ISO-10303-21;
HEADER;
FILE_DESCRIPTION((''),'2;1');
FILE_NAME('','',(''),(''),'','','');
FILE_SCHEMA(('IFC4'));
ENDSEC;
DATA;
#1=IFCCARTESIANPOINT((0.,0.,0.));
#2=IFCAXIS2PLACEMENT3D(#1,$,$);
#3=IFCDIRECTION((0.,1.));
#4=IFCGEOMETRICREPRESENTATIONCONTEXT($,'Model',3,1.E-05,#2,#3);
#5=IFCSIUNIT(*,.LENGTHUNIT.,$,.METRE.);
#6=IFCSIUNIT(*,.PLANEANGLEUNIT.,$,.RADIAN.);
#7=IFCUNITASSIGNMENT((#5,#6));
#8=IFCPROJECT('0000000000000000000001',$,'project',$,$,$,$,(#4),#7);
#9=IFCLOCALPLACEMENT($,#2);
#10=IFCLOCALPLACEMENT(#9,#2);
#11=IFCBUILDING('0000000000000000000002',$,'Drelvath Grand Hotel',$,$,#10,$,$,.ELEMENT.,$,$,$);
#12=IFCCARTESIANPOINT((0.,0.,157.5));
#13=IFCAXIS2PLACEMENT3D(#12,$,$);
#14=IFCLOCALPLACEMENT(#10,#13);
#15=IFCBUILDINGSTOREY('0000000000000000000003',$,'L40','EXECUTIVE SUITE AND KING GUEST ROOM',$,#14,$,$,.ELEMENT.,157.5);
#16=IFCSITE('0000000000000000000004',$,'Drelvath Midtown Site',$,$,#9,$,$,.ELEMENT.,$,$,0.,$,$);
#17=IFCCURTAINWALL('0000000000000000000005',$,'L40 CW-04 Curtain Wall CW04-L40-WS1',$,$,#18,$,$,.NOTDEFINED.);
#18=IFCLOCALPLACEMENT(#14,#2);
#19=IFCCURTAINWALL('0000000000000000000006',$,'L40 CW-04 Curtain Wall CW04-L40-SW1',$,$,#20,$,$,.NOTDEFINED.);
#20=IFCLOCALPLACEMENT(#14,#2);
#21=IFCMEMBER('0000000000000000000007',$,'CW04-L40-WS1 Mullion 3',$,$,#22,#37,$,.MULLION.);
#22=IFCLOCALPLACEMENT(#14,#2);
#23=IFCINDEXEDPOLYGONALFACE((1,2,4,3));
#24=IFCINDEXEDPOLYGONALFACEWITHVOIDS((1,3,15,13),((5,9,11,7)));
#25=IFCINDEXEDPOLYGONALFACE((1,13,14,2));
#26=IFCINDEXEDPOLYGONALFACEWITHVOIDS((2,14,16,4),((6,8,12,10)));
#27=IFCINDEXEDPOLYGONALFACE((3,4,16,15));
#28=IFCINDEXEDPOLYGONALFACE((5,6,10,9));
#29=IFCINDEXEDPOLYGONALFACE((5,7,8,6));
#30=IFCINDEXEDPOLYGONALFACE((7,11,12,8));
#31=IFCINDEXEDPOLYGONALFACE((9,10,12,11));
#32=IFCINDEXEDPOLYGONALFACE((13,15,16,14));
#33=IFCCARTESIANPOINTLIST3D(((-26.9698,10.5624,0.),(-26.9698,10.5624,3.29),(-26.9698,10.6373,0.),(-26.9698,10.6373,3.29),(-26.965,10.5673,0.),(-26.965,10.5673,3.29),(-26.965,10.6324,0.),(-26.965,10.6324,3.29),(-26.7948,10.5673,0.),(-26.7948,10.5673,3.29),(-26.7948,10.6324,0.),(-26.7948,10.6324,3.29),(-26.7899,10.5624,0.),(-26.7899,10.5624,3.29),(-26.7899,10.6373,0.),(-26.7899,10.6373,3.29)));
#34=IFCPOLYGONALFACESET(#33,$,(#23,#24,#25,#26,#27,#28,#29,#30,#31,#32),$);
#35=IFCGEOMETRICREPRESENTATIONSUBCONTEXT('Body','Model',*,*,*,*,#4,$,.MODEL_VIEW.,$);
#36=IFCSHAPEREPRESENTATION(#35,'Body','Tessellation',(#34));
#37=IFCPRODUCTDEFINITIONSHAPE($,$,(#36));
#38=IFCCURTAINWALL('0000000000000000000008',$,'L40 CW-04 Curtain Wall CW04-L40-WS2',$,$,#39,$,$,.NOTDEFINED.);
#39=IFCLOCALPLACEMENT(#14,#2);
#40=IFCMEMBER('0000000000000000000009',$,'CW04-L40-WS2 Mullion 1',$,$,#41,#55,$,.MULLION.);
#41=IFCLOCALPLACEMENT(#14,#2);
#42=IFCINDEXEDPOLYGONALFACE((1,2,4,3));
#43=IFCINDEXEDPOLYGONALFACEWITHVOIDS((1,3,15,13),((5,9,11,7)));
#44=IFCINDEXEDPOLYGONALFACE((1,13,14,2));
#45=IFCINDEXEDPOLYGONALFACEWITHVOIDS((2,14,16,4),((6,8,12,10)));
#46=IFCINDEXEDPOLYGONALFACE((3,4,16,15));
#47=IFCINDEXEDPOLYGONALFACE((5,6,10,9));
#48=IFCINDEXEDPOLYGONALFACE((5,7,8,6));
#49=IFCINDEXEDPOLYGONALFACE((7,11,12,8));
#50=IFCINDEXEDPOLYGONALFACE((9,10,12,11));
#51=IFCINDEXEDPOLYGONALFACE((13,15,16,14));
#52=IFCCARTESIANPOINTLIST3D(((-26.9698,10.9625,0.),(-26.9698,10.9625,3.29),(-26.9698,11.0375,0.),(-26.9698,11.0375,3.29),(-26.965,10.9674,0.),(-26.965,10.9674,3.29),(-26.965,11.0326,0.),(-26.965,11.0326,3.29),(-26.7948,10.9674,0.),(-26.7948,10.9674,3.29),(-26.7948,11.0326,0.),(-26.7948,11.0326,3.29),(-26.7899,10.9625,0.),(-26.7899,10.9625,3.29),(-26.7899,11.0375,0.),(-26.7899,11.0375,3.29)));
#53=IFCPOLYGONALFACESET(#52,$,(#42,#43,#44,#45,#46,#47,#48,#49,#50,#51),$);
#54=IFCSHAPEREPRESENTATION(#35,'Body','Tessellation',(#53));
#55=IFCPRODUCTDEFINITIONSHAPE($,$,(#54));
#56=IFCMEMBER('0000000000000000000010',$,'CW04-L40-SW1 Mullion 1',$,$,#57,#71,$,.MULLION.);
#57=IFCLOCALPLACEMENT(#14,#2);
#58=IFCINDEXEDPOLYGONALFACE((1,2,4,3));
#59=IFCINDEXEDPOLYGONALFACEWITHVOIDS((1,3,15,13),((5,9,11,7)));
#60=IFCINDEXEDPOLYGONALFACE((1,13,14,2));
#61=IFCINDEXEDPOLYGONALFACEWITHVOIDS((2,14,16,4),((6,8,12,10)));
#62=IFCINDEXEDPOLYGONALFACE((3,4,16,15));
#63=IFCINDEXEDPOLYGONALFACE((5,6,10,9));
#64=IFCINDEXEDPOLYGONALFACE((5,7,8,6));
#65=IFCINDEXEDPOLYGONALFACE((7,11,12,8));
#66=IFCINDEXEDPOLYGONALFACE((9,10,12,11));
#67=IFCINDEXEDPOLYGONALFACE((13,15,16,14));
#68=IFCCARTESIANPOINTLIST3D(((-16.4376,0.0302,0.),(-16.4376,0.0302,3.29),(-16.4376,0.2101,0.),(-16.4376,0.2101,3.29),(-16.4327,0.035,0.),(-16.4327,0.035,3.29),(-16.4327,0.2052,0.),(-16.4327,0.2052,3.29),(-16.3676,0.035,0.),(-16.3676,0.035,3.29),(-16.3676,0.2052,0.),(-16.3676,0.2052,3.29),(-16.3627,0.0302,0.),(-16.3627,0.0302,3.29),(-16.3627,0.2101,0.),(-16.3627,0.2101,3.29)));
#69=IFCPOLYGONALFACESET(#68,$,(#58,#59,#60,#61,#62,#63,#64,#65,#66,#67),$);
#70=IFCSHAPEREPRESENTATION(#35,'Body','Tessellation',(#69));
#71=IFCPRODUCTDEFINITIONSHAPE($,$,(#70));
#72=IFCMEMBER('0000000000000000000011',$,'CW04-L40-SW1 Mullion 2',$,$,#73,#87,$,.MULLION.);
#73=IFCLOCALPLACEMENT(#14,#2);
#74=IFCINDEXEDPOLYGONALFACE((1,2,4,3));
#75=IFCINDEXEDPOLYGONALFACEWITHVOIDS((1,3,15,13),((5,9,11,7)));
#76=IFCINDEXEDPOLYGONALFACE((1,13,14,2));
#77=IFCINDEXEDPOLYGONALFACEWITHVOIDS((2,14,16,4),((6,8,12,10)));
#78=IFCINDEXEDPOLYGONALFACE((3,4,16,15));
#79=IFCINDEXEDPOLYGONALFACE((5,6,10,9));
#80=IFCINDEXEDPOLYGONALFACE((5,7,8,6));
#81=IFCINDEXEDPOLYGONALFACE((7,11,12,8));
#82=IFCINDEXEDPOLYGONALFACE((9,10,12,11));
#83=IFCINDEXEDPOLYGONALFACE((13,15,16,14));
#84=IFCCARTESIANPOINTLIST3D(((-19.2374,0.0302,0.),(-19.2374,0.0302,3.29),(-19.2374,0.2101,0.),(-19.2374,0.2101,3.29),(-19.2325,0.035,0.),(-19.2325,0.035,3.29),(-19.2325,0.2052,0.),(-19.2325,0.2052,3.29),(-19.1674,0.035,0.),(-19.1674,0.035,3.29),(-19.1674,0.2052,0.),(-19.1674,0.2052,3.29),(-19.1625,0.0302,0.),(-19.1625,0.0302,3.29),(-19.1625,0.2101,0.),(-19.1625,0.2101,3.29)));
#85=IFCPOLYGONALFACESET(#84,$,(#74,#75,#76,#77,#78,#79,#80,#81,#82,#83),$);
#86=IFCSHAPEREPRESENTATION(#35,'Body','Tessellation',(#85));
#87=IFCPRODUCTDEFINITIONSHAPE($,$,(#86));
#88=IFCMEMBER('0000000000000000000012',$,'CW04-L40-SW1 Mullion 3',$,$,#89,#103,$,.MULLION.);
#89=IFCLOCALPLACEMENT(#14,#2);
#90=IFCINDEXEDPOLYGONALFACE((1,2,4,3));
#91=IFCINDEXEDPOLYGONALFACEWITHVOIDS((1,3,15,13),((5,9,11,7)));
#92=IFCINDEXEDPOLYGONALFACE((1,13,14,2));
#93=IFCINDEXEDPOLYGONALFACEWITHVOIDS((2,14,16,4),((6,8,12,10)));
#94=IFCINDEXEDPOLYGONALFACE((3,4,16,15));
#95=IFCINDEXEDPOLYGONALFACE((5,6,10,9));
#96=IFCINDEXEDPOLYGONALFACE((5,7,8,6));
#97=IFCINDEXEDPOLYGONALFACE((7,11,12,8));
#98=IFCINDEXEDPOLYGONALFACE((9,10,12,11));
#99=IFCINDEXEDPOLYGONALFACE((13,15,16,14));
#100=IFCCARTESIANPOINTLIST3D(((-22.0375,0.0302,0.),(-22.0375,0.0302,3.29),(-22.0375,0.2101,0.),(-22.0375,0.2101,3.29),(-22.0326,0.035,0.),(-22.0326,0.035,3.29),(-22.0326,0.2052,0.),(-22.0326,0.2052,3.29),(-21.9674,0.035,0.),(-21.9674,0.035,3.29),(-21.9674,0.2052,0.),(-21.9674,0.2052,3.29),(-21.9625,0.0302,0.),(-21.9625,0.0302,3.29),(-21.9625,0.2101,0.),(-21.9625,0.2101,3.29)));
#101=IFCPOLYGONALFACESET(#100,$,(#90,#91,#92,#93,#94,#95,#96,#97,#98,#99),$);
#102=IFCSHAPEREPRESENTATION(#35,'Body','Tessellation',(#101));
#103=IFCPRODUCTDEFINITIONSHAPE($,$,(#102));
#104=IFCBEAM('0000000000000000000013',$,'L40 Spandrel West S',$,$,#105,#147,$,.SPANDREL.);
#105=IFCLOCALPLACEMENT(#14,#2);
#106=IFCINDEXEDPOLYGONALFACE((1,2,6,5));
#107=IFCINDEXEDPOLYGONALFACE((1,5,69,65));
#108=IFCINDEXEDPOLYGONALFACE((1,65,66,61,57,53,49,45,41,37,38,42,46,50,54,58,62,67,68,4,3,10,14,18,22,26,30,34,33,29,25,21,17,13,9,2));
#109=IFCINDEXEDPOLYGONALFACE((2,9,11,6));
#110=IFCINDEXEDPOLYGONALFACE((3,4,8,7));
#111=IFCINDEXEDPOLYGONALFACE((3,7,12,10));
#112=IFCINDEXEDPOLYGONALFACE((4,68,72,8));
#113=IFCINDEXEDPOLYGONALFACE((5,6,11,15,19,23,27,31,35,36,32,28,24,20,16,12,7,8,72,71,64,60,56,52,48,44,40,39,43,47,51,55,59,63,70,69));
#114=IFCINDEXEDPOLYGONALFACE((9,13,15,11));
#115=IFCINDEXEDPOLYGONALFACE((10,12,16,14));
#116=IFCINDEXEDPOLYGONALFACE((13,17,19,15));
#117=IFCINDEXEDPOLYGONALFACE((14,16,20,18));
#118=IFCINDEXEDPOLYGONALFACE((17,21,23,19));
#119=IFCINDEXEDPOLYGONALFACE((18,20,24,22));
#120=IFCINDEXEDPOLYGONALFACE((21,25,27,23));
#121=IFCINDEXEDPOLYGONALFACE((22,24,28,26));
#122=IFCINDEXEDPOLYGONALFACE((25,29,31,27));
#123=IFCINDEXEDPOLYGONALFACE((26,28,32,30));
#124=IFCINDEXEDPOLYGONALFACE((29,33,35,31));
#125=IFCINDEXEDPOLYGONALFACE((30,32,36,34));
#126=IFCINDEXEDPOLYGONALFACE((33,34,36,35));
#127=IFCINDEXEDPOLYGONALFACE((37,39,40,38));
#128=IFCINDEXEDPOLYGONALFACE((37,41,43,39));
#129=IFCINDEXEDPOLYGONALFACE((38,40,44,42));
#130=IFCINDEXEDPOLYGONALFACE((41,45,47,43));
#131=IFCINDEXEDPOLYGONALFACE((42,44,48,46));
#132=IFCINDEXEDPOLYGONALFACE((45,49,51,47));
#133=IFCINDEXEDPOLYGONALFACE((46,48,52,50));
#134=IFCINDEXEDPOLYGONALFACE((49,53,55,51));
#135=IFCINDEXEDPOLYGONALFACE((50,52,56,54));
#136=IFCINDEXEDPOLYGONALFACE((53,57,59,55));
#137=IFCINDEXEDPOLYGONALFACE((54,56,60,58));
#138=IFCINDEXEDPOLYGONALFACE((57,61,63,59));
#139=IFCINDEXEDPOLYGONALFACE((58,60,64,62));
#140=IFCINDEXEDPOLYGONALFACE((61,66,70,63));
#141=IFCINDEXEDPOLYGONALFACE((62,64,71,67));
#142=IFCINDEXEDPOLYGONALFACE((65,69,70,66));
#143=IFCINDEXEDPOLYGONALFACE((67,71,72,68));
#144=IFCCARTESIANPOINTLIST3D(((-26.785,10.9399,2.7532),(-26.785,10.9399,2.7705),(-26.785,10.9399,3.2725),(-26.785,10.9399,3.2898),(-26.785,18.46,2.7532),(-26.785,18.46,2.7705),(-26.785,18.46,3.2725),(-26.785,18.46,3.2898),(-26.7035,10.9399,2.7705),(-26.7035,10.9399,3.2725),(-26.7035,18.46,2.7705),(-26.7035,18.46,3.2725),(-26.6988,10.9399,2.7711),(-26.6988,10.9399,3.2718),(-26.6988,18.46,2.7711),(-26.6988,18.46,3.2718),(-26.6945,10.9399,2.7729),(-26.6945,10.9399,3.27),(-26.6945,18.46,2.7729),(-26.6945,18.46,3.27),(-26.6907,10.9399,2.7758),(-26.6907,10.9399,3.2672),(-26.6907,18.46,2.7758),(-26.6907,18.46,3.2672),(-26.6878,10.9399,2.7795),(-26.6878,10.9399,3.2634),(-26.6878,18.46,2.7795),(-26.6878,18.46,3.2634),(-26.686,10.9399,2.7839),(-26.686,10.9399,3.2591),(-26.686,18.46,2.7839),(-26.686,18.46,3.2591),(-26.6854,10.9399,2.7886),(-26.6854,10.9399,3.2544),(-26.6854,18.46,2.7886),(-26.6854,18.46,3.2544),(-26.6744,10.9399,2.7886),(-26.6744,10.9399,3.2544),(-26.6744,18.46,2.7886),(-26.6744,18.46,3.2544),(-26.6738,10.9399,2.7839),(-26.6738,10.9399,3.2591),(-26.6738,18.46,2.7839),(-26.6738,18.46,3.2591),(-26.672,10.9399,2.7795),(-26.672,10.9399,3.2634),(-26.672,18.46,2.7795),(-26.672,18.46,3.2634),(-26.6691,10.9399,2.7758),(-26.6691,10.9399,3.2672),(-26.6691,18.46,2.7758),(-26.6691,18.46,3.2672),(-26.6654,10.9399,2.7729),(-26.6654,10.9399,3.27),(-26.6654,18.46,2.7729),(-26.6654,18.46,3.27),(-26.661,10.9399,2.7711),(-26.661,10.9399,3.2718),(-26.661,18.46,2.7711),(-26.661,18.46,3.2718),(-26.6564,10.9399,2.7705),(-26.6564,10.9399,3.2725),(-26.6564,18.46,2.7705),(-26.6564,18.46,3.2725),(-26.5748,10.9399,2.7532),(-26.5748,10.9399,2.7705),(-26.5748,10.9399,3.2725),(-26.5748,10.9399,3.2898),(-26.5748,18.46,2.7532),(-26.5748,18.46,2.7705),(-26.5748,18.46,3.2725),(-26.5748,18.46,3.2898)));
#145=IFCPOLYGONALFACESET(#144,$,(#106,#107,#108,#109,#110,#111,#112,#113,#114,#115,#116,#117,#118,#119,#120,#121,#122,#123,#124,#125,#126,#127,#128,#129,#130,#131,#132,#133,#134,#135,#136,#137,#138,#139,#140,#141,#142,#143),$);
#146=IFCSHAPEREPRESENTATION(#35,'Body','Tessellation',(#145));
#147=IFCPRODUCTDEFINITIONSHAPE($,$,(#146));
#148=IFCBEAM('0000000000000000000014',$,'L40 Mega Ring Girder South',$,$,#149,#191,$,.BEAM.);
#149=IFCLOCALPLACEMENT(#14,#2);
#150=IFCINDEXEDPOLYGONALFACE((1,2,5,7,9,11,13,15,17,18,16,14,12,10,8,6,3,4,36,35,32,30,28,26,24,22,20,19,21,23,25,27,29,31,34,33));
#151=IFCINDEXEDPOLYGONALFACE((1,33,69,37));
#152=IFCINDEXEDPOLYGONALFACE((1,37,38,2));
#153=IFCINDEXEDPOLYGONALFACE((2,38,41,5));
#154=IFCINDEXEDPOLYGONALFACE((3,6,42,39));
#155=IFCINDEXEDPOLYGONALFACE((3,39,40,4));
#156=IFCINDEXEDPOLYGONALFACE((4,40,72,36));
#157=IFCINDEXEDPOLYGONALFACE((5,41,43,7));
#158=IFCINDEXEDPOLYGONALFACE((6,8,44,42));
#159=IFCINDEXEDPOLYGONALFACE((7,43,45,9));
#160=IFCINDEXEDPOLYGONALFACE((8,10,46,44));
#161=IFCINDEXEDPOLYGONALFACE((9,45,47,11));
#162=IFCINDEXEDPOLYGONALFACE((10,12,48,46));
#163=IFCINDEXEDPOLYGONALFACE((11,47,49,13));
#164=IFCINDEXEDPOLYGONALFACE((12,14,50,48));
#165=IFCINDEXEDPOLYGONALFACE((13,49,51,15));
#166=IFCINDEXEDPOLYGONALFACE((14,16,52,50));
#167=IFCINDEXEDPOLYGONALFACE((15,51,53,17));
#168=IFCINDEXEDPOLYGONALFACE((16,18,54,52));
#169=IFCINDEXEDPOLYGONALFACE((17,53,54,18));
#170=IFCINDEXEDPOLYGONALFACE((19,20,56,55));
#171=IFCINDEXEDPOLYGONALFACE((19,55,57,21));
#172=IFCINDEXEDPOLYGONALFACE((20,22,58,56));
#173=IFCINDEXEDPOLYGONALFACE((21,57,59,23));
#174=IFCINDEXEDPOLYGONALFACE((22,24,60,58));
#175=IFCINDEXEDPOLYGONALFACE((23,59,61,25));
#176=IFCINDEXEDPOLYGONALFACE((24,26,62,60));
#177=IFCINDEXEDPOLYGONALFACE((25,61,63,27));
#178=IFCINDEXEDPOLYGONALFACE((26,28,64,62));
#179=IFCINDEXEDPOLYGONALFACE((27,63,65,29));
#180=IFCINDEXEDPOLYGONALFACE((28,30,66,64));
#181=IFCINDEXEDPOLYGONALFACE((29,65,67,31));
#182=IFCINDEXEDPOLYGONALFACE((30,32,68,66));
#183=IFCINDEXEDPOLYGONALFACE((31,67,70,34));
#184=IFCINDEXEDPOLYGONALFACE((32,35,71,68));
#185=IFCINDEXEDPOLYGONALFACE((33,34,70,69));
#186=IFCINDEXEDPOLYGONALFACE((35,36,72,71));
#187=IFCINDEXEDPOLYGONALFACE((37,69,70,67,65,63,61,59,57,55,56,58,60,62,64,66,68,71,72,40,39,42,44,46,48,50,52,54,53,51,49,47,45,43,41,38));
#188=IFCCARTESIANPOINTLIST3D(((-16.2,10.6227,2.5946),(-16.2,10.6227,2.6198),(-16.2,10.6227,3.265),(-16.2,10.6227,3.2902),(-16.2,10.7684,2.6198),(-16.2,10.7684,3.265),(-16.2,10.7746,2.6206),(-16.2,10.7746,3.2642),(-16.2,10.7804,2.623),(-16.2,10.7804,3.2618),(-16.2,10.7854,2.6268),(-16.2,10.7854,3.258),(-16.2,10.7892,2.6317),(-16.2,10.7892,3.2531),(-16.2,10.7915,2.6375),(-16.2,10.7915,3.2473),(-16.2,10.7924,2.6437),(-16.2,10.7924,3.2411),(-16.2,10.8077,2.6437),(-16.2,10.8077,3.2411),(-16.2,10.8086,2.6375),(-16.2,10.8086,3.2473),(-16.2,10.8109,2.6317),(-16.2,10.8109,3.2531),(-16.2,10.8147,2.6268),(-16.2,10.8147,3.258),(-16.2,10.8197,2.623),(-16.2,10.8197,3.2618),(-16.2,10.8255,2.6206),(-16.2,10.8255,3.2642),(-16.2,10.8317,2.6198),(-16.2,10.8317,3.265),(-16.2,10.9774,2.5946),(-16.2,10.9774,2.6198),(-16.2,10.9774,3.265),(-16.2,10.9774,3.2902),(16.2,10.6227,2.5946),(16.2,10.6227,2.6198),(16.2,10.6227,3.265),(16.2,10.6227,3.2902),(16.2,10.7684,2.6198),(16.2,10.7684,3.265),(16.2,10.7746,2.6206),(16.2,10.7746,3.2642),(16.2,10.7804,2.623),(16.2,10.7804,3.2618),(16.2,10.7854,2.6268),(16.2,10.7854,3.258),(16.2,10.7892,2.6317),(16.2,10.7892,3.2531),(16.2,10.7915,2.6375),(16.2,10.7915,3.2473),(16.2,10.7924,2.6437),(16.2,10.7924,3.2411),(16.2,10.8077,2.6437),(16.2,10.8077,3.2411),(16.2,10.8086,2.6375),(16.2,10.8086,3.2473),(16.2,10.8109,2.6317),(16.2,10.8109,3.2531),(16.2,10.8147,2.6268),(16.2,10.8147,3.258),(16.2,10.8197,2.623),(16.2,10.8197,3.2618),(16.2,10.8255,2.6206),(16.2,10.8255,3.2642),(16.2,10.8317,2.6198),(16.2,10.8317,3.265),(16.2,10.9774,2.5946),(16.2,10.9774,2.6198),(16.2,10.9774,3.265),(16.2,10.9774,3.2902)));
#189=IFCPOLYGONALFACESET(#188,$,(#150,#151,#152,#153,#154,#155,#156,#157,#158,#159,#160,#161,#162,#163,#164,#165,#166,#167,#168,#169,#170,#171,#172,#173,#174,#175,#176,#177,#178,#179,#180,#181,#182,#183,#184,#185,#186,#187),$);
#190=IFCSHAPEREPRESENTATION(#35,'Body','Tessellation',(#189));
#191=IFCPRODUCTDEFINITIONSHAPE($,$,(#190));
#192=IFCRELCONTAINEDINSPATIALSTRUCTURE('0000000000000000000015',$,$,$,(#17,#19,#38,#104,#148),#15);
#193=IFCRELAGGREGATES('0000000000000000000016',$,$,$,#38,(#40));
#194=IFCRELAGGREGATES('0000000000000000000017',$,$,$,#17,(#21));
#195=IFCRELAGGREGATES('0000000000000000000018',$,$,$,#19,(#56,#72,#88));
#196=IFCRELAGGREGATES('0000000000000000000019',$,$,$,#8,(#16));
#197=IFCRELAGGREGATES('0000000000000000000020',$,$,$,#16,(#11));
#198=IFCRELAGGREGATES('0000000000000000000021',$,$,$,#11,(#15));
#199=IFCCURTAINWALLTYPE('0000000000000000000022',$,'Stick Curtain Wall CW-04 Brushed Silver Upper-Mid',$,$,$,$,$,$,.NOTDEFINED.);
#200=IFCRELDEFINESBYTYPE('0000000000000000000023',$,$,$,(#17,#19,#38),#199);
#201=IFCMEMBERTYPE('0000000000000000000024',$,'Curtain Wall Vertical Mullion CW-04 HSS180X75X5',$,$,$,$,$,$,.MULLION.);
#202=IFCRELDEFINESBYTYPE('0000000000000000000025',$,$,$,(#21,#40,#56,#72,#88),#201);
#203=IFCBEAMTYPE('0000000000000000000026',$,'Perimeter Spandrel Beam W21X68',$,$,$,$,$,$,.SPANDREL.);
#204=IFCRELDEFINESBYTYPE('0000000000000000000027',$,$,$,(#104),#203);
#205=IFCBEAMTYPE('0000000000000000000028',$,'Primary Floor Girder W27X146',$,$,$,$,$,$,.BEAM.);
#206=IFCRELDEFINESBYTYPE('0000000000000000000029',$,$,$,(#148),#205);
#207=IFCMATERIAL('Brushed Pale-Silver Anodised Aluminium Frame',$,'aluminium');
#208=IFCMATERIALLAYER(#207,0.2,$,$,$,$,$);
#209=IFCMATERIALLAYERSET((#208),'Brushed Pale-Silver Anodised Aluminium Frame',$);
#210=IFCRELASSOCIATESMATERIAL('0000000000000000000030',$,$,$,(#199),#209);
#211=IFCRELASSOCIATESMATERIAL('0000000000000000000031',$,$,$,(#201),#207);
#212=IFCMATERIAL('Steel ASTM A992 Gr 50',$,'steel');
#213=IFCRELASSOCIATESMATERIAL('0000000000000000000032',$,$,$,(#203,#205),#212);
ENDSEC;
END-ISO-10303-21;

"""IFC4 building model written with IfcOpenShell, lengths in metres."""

from ifc_helpers import new_model, si_unit, direction, frame, origin, origin_2d, place, context, subcontext, project, spatial, hollow_rectangle, i_section, extrude, material, layer, layer_set, material_profile, profile_set, type_object, element, aggregate, save


model = new_model("IFC4")

# Units and contexts
model_context = context("Model", 3, precision=1e-05, world=origin(), true_north=direction((0.0, 1.0)))
body_context = subcontext(model_context, "Body", "Model", "MODEL_VIEW")
ifc_project = project(units=[si_unit("LENGTHUNIT", "METRE"), si_unit("PLANEANGLEUNIT", "RADIAN")], contexts=[model_context])

# Site, building, storey
site_placement = place(None, origin())
site = spatial("IfcSite", under=ifc_project, at=site_placement, Name="Drelvath Midtown Site", CompositionType="ELEMENT", RefElevation=0.0)
building_placement = place(site_placement, origin())
building = spatial("IfcBuilding", under=site, at=building_placement, Name="Drelvath Grand Hotel", CompositionType="ELEMENT")
storey_placement = place(building_placement, frame((0.0, 0.0, 157.5)))
storey = spatial("IfcBuildingStorey", under=building, at=storey_placement, Name="L40", Description="EXECUTIVE SUITE AND KING GUEST ROOM", CompositionType="ELEMENT", Elevation=157.5)

# Curtain walls
ifc_material_1 = material(Name="Brushed Pale-Silver Anodised Aluminium Frame", Category="aluminium")
ifc_layer_1 = layer(ifc_material_1, 0.2)
ifc_layer_set_1 = layer_set([ifc_layer_1], Name="Brushed Pale-Silver Anodised Aluminium Frame")
curtain_wall_type = type_object("IfcCurtainWallType", Name="Stick Curtain Wall CW-04 Brushed Silver Upper-Mid", PredefinedType="NOTDEFINED", material=ifc_layer_set_1)
curtain_wall_1_placement = place(storey_placement, origin())
curtain_wall_1 = element("IfcCurtainWall", 1, at=curtain_wall_1_placement, inside=storey, type_object=curtain_wall_type, Name="L40 CW-04 Curtain Wall CW04-L40-WS1", PredefinedType="NOTDEFINED")
curtain_wall_2_placement = place(storey_placement, origin())
curtain_wall_2 = element("IfcCurtainWall", 2, at=curtain_wall_2_placement, inside=storey, type_object=curtain_wall_type, Name="L40 CW-04 Curtain Wall CW04-L40-SW1", PredefinedType="NOTDEFINED")

# Member
ifc_material_profile_1 = material_profile(ifc_material_1, hollow_rectangle(XDim=0.075, YDim=0.1799, WallThickness=0.0049, at=origin_2d()), Name="HSS180X75X5")
ifc_profile_set_1 = profile_set([ifc_material_profile_1], Name="Brushed Pale-Silver Anodised Aluminium Frame")
member_type_1 = type_object("IfcMemberType", Name="Curtain Wall Vertical Mullion CW-04 HSS180X75X5", PredefinedType="MULLION", material=ifc_profile_set_1)
member_1_placement = place(storey_placement, frame((-26.8799, 10.5999, 0.0), z_axis=(0.0, 0.0, 1.0), x_axis=(0.0, 1.0, 0.0)))
member_1 = element("IfcMember", 3, at=member_1_placement, type_object=member_type_1, Name="CW04-L40-WS1 Mullion 3", PredefinedType="MULLION", context=body_context, shape_type="SweptSolid", body=[
    extrude(hollow_rectangle(XDim=0.075, YDim=0.1799, WallThickness=0.0049, at=origin_2d()), origin(), (0.0, 0.0, 1.0), 3.29),
])

# Curtain wall, member
curtain_wall_3_placement = place(storey_placement, origin())
curtain_wall_3 = element("IfcCurtainWall", 4, at=curtain_wall_3_placement, inside=storey, type_object=curtain_wall_type, Name="L40 CW-04 Curtain Wall CW04-L40-WS2", PredefinedType="NOTDEFINED")
member_2_placement = place(storey_placement, frame((-26.8799, 11.0, 0.0), z_axis=(0.0, 0.0, 1.0), x_axis=(0.0, 1.0, 0.0)))
member_2 = element("IfcMember", 5, at=member_2_placement, type_object=member_type_1, Name="CW04-L40-WS2 Mullion 1", PredefinedType="MULLION", context=body_context, shape_type="SweptSolid", body=[
    extrude(hollow_rectangle(XDim=0.075, YDim=0.1799, WallThickness=0.0049, at=origin_2d()), origin(), (0.0, 0.0, 1.0), 3.29),
])
aggregate(curtain_wall_3, [member_2])

# Members
member_3_placement = place(storey_placement, frame((-16.4001, 0.1201, 0.0), z_axis=(0.0, 0.0, 1.0), x_axis=(1.0, 0.0, 0.0)))
member_3 = element("IfcMember", 6, at=member_3_placement, type_object=member_type_1, Name="CW04-L40-SW1 Mullion 1", PredefinedType="MULLION", context=body_context, shape_type="SweptSolid", body=[
    extrude(hollow_rectangle(XDim=0.075, YDim=0.1799, WallThickness=0.0049, at=origin_2d()), origin(), (0.0, 0.0, 1.0), 3.29),
])
member_4_placement = place(storey_placement, frame((-19.2, 0.1201, 0.0), z_axis=(0.0, 0.0, 1.0), x_axis=(1.0, 0.0, 0.0)))
member_4 = element("IfcMember", 7, at=member_4_placement, type_object=member_type_1, Name="CW04-L40-SW1 Mullion 2", PredefinedType="MULLION", context=body_context, shape_type="SweptSolid", body=[
    extrude(hollow_rectangle(XDim=0.075, YDim=0.1799, WallThickness=0.0049, at=origin_2d()), origin(), (0.0, 0.0, 1.0), 3.29),
])
member_5_placement = place(storey_placement, frame((-22.0, 0.1201, 0.0), z_axis=(0.0, 0.0, 1.0), x_axis=(1.0, 0.0, 0.0)))
member_5 = element("IfcMember", 8, at=member_5_placement, type_object=member_type_1, Name="CW04-L40-SW1 Mullion 3", PredefinedType="MULLION", context=body_context, shape_type="SweptSolid", body=[
    extrude(hollow_rectangle(XDim=0.075, YDim=0.1799, WallThickness=0.0049, at=origin_2d()), origin(), (0.0, 0.0, 1.0), 3.29),
])

# Beams
ifc_material_2 = material(Name="Steel ASTM A992 Gr 50", Category="steel")
ifc_material_profile_2 = material_profile(ifc_material_2, i_section(OverallWidth=0.2102, OverallDepth=0.5366, WebThickness=0.011, FlangeThickness=0.0173, FilletRadius=0.0181, at=origin_2d()), Name="W21X68")
ifc_profile_set_2 = profile_set([ifc_material_profile_2], Name="Steel ASTM A992 Gr 50")
beam_type_1 = type_object("IfcBeamType", Name="Perimeter Spandrel Beam W21X68", PredefinedType="SPANDREL", material=ifc_profile_set_2)
beam_placement = place(storey_placement, frame((-26.6799, 10.9399, 3.0215), z_axis=(0.0, 1.0, 0.0), x_axis=(-1.0, 0.0, 0.0)))
element("IfcBeam", 9, at=beam_placement, inside=storey, type_object=beam_type_1, Name="L40 Spandrel West S", PredefinedType="SPANDREL", context=body_context, shape_type="SweptSolid", body=[
    extrude(i_section(OverallWidth=0.2102, OverallDepth=0.5366, WebThickness=0.011, FlangeThickness=0.0173, FilletRadius=0.0181, at=origin_2d()), origin(), (0.0, 0.0, 1.0), 7.52),
])
ifc_material_profile_3 = material_profile(ifc_material_2, i_section(OverallWidth=0.3547, OverallDepth=0.6956, WebThickness=0.0154, FlangeThickness=0.0251, FilletRadius=0.0239, at=origin_2d()), Name="W27X146")
ifc_profile_set_3 = profile_set([ifc_material_profile_3], Name="Steel ASTM A992 Gr 50")
beam_type_2 = type_object("IfcBeamType", Name="Primary Floor Girder W27X146", PredefinedType="BEAM", material=ifc_profile_set_3)
for number, where, z_axis, x_axis, name in (
    (10, (-16.2, 10.8, 2.9424), (1.0, 0.0, 0.0), (0.0, 1.0, 0.0), "L40 Mega Ring Girder South"),
):
    element("IfcBeam", number, at=place(storey_placement, frame(where, z_axis=z_axis, x_axis=x_axis)), inside=storey, type_object=beam_type_2, Name=name, PredefinedType="BEAM", context=body_context, shape_type="SweptSolid", body=[
        extrude(i_section(OverallWidth=0.3547, OverallDepth=0.6956, WebThickness=0.0154, FlangeThickness=0.0251, FilletRadius=0.0239, at=origin_2d()), origin(), (0.0, 0.0, 1.0), 32.3999),
    ])

aggregate(curtain_wall_1, [member_1])
aggregate(curtain_wall_2, [member_3, member_4, member_5])

save(model, "model.ifc")
